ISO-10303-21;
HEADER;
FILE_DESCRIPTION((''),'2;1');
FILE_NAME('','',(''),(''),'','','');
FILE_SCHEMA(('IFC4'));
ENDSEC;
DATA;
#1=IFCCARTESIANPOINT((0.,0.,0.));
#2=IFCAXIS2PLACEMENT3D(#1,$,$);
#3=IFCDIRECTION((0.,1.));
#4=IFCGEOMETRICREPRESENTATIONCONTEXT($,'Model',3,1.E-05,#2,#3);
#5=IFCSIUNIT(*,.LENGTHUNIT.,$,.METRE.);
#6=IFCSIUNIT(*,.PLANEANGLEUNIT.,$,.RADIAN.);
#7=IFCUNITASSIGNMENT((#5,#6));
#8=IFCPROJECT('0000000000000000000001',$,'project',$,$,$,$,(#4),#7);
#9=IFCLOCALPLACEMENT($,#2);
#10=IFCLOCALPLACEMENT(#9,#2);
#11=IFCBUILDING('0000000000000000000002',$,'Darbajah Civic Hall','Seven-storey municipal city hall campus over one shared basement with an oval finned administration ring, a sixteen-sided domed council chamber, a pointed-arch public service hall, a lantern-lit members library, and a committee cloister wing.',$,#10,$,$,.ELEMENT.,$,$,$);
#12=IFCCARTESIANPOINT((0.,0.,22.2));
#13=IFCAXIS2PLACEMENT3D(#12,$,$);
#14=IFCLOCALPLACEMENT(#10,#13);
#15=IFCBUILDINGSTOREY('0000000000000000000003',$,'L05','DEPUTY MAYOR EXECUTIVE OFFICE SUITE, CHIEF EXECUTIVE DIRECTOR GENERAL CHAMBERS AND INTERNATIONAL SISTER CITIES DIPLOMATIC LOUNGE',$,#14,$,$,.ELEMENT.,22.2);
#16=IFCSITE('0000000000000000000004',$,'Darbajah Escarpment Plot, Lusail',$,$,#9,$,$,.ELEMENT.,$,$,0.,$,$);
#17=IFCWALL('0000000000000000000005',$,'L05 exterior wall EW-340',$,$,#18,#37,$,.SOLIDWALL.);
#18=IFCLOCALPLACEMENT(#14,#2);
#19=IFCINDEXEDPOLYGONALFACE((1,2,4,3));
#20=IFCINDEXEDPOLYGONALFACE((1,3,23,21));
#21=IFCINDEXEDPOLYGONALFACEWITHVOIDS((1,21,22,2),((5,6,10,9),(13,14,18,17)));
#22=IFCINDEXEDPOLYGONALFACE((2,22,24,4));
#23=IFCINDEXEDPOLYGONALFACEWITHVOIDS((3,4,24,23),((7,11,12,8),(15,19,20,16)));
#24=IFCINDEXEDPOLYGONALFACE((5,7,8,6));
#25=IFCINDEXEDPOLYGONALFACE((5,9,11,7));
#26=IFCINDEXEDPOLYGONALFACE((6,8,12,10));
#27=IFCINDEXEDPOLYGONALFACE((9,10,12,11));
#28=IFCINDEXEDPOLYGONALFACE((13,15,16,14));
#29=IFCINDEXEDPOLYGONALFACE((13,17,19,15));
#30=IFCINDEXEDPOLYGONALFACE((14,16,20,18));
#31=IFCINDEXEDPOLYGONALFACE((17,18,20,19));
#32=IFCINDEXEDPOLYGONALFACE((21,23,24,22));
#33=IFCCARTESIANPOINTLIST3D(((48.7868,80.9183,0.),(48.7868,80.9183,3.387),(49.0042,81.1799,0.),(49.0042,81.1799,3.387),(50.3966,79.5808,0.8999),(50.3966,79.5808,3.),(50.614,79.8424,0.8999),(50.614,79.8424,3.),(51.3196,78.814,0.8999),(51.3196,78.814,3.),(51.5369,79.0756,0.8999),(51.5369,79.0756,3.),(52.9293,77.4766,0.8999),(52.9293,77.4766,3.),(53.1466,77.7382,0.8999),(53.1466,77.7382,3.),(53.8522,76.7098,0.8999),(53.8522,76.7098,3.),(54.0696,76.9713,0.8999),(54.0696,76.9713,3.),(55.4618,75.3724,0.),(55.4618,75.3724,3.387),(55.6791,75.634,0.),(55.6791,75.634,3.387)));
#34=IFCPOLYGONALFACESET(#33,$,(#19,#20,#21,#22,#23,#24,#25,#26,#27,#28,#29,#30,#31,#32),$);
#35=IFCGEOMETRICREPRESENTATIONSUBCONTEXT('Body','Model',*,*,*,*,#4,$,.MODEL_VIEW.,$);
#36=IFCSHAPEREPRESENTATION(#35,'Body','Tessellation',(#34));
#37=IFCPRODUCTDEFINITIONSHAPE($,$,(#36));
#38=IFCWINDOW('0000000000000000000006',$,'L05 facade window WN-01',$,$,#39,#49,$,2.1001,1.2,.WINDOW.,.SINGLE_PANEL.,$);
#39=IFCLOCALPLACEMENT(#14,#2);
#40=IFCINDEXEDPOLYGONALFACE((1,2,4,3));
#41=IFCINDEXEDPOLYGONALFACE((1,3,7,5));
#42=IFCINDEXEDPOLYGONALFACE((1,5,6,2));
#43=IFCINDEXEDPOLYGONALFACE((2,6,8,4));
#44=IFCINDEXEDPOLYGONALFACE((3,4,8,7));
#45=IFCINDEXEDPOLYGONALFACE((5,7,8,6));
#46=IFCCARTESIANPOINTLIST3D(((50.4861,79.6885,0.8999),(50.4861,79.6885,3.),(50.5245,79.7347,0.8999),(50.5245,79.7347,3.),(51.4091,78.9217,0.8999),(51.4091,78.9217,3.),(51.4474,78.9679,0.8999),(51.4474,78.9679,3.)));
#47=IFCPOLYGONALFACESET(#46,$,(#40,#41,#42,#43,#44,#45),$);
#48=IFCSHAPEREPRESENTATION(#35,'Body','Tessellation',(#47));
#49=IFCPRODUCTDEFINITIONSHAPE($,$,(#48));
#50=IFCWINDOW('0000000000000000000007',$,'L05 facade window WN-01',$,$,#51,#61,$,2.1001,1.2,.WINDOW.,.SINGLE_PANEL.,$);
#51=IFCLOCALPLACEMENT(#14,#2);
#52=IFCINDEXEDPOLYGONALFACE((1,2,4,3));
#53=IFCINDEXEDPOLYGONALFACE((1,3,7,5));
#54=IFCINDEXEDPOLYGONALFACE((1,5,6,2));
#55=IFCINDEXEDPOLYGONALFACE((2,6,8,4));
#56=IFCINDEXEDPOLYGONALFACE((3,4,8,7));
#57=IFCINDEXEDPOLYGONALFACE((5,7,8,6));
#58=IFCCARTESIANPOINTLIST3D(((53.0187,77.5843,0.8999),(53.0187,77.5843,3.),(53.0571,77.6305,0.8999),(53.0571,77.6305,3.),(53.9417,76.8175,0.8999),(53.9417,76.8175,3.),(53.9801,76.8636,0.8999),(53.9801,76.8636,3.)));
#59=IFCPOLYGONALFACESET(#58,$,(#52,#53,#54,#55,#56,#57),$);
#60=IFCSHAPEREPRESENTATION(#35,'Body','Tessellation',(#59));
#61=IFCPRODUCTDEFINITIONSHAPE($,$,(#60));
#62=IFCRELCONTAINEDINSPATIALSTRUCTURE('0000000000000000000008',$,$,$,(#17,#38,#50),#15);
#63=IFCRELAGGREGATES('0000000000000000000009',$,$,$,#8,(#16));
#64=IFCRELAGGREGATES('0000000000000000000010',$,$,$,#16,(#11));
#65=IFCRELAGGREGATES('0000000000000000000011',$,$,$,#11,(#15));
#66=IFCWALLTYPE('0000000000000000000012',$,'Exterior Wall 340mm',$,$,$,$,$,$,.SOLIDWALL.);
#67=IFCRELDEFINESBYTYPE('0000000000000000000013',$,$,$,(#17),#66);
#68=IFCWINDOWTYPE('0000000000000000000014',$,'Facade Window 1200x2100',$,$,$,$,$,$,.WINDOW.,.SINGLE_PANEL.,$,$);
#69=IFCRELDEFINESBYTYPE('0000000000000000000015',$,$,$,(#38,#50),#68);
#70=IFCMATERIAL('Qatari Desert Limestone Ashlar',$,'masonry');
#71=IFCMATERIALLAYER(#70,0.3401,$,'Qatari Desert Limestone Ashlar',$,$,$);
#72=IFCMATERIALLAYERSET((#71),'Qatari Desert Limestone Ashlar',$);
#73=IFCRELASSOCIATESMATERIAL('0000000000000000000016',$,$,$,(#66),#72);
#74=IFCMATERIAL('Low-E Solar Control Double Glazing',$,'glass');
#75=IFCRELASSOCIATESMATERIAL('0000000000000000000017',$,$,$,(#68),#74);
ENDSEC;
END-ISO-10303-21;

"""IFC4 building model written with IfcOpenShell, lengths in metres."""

from ifc_helpers import new_model, si_unit, direction, frame, frame_2d, origin, place, context, subcontext, project, spatial, rectangle, extrude, material, layer, layer_set, type_object, element, fill, save


model = new_model("IFC4")

# Units and contexts
model_context = context("Model", 3, precision=1e-05, world=origin(), true_north=direction((0.0, 1.0)))
body_context = subcontext(model_context, "Body", "Model", "MODEL_VIEW")
ifc_project = project(units=[si_unit("LENGTHUNIT", "METRE"), si_unit("PLANEANGLEUNIT", "RADIAN")], contexts=[model_context])

# Site, building, storey
site_placement = place(None, origin())
site = spatial("IfcSite", under=ifc_project, at=site_placement, Name="Darbajah Escarpment Plot, Lusail", CompositionType="ELEMENT", RefElevation=0.0)
building_placement = place(site_placement, origin())
building = spatial("IfcBuilding", under=site, at=building_placement, Name="Darbajah Civic Hall", Description="Seven-storey municipal city hall campus over one shared basement with an oval finned administration ring, a sixteen-sided domed council chamber, a pointed-arch public service hall, a lantern-lit members library, and a committee cloister wing.", CompositionType="ELEMENT")
storey_placement = place(building_placement, frame((0.0, 0.0, 22.2)))
storey = spatial("IfcBuildingStorey", under=building, at=storey_placement, Name="L05", Description="DEPUTY MAYOR EXECUTIVE OFFICE SUITE, CHIEF EXECUTIVE DIRECTOR GENERAL CHAMBERS AND INTERNATIONAL SISTER CITIES DIPLOMATIC LOUNGE", CompositionType="ELEMENT", Elevation=22.2)

# Shared definitions
ifc_material_1 = material(Name="Low-E Solar Control Double Glazing", Category="glass")

# Wall, openings, windows
ifc_material_2 = material(Name="Qatari Desert Limestone Ashlar", Category="masonry")
ifc_layer_1 = layer(ifc_material_2, 0.3401, Name="Qatari Desert Limestone Ashlar")
ifc_layer_set_1 = layer_set([ifc_layer_1], Name="Qatari Desert Limestone Ashlar")
wall_type = type_object("IfcWallType", Name="Exterior Wall 340mm", PredefinedType="SOLIDWALL", material=ifc_layer_set_1)
wall_1_placement = place(storey_placement, frame((48.8955, 81.0491, 0.0), z_axis=(0.0, 0.0, 1.0), x_axis=(0.769164, -0.639052, 0.0)))
wall_1 = element("IfcWall", 1, at=wall_1_placement, inside=storey, type_object=wall_type, Name="L05 exterior wall EW-340", PredefinedType="SOLIDWALL", context=body_context, shape_type="SweptSolid", body=[
    extrude(rectangle(XDim=8.6782, YDim=0.3401, at=frame_2d((4.3391, 0.0))), origin(), (0.0, 0.0, 1.0), 3.387),
])
opening_1_placement = place(wall_1_placement, frame((2.0928, 0.0, 0.8999)))
opening_1 = element("IfcOpeningElement", 2, at=opening_1_placement, cuts=wall_1, PredefinedType="OPENING", context=body_context, shape_type="SweptSolid", body=[
    extrude(rectangle(XDim=1.2, YDim=2.1001, at=frame_2d((0.6001, 1.05))), frame((0.0, 0.1799, 0.0), z_axis=(0.0, -1.0, 0.0), x_axis=(1.0, 0.0, 0.0)), (0.0, 0.0, 1.0), 0.3601),
])
opening_2_placement = place(wall_1_placement, frame((5.3855, 0.0, 0.8999)))
opening_2 = element("IfcOpeningElement", 3, at=opening_2_placement, cuts=wall_1, PredefinedType="OPENING", context=body_context, shape_type="SweptSolid", body=[
    extrude(rectangle(XDim=1.2, YDim=2.1001, at=frame_2d((0.6001, 1.05))), frame((0.0, 0.1799, 0.0), z_axis=(0.0, -1.0, 0.0), x_axis=(1.0, 0.0, 0.0)), (0.0, 0.0, 1.0), 0.3601),
])
window_type_1 = type_object("IfcWindowType", Name="Facade Window 1200x2100", PartitioningType="SINGLE_PANEL", PredefinedType="WINDOW", material=ifc_material_1)
window_1_placement = place(opening_1_placement, origin())
window_1 = element("IfcWindow", 4, at=window_1_placement, inside=storey, type_object=window_type_1, Name="L05 facade window WN-01", OverallHeight=2.1001, OverallWidth=1.2, PartitioningType="SINGLE_PANEL", PredefinedType="WINDOW", context=body_context, shape_type="SweptSolid", body=[
    extrude(rectangle(XDim=1.2, YDim=2.1001, at=frame_2d((0.6001, 1.05))), frame((0.0, 0.03, 0.0), z_axis=(0.0, -1.0, 0.0), x_axis=(1.0, 0.0, 0.0)), (0.0, 0.0, 1.0), 0.0601),
])
fill(opening_1, window_1)
window_2_placement = place(opening_2_placement, origin())
window_2 = element("IfcWindow", 5, at=window_2_placement, inside=storey, type_object=window_type_1, Name="L05 facade window WN-01", OverallHeight=2.1001, OverallWidth=1.2, PartitioningType="SINGLE_PANEL", PredefinedType="WINDOW", context=body_context, shape_type="SweptSolid", body=[
    extrude(rectangle(XDim=1.2, YDim=2.1001, at=frame_2d((0.6001, 1.05))), frame((0.0, 0.03, 0.0), z_axis=(0.0, -1.0, 0.0), x_axis=(1.0, 0.0, 0.0)), (0.0, 0.0, 1.0), 0.0601),
])
fill(opening_2, window_2)

save(model, "model.ifc")
